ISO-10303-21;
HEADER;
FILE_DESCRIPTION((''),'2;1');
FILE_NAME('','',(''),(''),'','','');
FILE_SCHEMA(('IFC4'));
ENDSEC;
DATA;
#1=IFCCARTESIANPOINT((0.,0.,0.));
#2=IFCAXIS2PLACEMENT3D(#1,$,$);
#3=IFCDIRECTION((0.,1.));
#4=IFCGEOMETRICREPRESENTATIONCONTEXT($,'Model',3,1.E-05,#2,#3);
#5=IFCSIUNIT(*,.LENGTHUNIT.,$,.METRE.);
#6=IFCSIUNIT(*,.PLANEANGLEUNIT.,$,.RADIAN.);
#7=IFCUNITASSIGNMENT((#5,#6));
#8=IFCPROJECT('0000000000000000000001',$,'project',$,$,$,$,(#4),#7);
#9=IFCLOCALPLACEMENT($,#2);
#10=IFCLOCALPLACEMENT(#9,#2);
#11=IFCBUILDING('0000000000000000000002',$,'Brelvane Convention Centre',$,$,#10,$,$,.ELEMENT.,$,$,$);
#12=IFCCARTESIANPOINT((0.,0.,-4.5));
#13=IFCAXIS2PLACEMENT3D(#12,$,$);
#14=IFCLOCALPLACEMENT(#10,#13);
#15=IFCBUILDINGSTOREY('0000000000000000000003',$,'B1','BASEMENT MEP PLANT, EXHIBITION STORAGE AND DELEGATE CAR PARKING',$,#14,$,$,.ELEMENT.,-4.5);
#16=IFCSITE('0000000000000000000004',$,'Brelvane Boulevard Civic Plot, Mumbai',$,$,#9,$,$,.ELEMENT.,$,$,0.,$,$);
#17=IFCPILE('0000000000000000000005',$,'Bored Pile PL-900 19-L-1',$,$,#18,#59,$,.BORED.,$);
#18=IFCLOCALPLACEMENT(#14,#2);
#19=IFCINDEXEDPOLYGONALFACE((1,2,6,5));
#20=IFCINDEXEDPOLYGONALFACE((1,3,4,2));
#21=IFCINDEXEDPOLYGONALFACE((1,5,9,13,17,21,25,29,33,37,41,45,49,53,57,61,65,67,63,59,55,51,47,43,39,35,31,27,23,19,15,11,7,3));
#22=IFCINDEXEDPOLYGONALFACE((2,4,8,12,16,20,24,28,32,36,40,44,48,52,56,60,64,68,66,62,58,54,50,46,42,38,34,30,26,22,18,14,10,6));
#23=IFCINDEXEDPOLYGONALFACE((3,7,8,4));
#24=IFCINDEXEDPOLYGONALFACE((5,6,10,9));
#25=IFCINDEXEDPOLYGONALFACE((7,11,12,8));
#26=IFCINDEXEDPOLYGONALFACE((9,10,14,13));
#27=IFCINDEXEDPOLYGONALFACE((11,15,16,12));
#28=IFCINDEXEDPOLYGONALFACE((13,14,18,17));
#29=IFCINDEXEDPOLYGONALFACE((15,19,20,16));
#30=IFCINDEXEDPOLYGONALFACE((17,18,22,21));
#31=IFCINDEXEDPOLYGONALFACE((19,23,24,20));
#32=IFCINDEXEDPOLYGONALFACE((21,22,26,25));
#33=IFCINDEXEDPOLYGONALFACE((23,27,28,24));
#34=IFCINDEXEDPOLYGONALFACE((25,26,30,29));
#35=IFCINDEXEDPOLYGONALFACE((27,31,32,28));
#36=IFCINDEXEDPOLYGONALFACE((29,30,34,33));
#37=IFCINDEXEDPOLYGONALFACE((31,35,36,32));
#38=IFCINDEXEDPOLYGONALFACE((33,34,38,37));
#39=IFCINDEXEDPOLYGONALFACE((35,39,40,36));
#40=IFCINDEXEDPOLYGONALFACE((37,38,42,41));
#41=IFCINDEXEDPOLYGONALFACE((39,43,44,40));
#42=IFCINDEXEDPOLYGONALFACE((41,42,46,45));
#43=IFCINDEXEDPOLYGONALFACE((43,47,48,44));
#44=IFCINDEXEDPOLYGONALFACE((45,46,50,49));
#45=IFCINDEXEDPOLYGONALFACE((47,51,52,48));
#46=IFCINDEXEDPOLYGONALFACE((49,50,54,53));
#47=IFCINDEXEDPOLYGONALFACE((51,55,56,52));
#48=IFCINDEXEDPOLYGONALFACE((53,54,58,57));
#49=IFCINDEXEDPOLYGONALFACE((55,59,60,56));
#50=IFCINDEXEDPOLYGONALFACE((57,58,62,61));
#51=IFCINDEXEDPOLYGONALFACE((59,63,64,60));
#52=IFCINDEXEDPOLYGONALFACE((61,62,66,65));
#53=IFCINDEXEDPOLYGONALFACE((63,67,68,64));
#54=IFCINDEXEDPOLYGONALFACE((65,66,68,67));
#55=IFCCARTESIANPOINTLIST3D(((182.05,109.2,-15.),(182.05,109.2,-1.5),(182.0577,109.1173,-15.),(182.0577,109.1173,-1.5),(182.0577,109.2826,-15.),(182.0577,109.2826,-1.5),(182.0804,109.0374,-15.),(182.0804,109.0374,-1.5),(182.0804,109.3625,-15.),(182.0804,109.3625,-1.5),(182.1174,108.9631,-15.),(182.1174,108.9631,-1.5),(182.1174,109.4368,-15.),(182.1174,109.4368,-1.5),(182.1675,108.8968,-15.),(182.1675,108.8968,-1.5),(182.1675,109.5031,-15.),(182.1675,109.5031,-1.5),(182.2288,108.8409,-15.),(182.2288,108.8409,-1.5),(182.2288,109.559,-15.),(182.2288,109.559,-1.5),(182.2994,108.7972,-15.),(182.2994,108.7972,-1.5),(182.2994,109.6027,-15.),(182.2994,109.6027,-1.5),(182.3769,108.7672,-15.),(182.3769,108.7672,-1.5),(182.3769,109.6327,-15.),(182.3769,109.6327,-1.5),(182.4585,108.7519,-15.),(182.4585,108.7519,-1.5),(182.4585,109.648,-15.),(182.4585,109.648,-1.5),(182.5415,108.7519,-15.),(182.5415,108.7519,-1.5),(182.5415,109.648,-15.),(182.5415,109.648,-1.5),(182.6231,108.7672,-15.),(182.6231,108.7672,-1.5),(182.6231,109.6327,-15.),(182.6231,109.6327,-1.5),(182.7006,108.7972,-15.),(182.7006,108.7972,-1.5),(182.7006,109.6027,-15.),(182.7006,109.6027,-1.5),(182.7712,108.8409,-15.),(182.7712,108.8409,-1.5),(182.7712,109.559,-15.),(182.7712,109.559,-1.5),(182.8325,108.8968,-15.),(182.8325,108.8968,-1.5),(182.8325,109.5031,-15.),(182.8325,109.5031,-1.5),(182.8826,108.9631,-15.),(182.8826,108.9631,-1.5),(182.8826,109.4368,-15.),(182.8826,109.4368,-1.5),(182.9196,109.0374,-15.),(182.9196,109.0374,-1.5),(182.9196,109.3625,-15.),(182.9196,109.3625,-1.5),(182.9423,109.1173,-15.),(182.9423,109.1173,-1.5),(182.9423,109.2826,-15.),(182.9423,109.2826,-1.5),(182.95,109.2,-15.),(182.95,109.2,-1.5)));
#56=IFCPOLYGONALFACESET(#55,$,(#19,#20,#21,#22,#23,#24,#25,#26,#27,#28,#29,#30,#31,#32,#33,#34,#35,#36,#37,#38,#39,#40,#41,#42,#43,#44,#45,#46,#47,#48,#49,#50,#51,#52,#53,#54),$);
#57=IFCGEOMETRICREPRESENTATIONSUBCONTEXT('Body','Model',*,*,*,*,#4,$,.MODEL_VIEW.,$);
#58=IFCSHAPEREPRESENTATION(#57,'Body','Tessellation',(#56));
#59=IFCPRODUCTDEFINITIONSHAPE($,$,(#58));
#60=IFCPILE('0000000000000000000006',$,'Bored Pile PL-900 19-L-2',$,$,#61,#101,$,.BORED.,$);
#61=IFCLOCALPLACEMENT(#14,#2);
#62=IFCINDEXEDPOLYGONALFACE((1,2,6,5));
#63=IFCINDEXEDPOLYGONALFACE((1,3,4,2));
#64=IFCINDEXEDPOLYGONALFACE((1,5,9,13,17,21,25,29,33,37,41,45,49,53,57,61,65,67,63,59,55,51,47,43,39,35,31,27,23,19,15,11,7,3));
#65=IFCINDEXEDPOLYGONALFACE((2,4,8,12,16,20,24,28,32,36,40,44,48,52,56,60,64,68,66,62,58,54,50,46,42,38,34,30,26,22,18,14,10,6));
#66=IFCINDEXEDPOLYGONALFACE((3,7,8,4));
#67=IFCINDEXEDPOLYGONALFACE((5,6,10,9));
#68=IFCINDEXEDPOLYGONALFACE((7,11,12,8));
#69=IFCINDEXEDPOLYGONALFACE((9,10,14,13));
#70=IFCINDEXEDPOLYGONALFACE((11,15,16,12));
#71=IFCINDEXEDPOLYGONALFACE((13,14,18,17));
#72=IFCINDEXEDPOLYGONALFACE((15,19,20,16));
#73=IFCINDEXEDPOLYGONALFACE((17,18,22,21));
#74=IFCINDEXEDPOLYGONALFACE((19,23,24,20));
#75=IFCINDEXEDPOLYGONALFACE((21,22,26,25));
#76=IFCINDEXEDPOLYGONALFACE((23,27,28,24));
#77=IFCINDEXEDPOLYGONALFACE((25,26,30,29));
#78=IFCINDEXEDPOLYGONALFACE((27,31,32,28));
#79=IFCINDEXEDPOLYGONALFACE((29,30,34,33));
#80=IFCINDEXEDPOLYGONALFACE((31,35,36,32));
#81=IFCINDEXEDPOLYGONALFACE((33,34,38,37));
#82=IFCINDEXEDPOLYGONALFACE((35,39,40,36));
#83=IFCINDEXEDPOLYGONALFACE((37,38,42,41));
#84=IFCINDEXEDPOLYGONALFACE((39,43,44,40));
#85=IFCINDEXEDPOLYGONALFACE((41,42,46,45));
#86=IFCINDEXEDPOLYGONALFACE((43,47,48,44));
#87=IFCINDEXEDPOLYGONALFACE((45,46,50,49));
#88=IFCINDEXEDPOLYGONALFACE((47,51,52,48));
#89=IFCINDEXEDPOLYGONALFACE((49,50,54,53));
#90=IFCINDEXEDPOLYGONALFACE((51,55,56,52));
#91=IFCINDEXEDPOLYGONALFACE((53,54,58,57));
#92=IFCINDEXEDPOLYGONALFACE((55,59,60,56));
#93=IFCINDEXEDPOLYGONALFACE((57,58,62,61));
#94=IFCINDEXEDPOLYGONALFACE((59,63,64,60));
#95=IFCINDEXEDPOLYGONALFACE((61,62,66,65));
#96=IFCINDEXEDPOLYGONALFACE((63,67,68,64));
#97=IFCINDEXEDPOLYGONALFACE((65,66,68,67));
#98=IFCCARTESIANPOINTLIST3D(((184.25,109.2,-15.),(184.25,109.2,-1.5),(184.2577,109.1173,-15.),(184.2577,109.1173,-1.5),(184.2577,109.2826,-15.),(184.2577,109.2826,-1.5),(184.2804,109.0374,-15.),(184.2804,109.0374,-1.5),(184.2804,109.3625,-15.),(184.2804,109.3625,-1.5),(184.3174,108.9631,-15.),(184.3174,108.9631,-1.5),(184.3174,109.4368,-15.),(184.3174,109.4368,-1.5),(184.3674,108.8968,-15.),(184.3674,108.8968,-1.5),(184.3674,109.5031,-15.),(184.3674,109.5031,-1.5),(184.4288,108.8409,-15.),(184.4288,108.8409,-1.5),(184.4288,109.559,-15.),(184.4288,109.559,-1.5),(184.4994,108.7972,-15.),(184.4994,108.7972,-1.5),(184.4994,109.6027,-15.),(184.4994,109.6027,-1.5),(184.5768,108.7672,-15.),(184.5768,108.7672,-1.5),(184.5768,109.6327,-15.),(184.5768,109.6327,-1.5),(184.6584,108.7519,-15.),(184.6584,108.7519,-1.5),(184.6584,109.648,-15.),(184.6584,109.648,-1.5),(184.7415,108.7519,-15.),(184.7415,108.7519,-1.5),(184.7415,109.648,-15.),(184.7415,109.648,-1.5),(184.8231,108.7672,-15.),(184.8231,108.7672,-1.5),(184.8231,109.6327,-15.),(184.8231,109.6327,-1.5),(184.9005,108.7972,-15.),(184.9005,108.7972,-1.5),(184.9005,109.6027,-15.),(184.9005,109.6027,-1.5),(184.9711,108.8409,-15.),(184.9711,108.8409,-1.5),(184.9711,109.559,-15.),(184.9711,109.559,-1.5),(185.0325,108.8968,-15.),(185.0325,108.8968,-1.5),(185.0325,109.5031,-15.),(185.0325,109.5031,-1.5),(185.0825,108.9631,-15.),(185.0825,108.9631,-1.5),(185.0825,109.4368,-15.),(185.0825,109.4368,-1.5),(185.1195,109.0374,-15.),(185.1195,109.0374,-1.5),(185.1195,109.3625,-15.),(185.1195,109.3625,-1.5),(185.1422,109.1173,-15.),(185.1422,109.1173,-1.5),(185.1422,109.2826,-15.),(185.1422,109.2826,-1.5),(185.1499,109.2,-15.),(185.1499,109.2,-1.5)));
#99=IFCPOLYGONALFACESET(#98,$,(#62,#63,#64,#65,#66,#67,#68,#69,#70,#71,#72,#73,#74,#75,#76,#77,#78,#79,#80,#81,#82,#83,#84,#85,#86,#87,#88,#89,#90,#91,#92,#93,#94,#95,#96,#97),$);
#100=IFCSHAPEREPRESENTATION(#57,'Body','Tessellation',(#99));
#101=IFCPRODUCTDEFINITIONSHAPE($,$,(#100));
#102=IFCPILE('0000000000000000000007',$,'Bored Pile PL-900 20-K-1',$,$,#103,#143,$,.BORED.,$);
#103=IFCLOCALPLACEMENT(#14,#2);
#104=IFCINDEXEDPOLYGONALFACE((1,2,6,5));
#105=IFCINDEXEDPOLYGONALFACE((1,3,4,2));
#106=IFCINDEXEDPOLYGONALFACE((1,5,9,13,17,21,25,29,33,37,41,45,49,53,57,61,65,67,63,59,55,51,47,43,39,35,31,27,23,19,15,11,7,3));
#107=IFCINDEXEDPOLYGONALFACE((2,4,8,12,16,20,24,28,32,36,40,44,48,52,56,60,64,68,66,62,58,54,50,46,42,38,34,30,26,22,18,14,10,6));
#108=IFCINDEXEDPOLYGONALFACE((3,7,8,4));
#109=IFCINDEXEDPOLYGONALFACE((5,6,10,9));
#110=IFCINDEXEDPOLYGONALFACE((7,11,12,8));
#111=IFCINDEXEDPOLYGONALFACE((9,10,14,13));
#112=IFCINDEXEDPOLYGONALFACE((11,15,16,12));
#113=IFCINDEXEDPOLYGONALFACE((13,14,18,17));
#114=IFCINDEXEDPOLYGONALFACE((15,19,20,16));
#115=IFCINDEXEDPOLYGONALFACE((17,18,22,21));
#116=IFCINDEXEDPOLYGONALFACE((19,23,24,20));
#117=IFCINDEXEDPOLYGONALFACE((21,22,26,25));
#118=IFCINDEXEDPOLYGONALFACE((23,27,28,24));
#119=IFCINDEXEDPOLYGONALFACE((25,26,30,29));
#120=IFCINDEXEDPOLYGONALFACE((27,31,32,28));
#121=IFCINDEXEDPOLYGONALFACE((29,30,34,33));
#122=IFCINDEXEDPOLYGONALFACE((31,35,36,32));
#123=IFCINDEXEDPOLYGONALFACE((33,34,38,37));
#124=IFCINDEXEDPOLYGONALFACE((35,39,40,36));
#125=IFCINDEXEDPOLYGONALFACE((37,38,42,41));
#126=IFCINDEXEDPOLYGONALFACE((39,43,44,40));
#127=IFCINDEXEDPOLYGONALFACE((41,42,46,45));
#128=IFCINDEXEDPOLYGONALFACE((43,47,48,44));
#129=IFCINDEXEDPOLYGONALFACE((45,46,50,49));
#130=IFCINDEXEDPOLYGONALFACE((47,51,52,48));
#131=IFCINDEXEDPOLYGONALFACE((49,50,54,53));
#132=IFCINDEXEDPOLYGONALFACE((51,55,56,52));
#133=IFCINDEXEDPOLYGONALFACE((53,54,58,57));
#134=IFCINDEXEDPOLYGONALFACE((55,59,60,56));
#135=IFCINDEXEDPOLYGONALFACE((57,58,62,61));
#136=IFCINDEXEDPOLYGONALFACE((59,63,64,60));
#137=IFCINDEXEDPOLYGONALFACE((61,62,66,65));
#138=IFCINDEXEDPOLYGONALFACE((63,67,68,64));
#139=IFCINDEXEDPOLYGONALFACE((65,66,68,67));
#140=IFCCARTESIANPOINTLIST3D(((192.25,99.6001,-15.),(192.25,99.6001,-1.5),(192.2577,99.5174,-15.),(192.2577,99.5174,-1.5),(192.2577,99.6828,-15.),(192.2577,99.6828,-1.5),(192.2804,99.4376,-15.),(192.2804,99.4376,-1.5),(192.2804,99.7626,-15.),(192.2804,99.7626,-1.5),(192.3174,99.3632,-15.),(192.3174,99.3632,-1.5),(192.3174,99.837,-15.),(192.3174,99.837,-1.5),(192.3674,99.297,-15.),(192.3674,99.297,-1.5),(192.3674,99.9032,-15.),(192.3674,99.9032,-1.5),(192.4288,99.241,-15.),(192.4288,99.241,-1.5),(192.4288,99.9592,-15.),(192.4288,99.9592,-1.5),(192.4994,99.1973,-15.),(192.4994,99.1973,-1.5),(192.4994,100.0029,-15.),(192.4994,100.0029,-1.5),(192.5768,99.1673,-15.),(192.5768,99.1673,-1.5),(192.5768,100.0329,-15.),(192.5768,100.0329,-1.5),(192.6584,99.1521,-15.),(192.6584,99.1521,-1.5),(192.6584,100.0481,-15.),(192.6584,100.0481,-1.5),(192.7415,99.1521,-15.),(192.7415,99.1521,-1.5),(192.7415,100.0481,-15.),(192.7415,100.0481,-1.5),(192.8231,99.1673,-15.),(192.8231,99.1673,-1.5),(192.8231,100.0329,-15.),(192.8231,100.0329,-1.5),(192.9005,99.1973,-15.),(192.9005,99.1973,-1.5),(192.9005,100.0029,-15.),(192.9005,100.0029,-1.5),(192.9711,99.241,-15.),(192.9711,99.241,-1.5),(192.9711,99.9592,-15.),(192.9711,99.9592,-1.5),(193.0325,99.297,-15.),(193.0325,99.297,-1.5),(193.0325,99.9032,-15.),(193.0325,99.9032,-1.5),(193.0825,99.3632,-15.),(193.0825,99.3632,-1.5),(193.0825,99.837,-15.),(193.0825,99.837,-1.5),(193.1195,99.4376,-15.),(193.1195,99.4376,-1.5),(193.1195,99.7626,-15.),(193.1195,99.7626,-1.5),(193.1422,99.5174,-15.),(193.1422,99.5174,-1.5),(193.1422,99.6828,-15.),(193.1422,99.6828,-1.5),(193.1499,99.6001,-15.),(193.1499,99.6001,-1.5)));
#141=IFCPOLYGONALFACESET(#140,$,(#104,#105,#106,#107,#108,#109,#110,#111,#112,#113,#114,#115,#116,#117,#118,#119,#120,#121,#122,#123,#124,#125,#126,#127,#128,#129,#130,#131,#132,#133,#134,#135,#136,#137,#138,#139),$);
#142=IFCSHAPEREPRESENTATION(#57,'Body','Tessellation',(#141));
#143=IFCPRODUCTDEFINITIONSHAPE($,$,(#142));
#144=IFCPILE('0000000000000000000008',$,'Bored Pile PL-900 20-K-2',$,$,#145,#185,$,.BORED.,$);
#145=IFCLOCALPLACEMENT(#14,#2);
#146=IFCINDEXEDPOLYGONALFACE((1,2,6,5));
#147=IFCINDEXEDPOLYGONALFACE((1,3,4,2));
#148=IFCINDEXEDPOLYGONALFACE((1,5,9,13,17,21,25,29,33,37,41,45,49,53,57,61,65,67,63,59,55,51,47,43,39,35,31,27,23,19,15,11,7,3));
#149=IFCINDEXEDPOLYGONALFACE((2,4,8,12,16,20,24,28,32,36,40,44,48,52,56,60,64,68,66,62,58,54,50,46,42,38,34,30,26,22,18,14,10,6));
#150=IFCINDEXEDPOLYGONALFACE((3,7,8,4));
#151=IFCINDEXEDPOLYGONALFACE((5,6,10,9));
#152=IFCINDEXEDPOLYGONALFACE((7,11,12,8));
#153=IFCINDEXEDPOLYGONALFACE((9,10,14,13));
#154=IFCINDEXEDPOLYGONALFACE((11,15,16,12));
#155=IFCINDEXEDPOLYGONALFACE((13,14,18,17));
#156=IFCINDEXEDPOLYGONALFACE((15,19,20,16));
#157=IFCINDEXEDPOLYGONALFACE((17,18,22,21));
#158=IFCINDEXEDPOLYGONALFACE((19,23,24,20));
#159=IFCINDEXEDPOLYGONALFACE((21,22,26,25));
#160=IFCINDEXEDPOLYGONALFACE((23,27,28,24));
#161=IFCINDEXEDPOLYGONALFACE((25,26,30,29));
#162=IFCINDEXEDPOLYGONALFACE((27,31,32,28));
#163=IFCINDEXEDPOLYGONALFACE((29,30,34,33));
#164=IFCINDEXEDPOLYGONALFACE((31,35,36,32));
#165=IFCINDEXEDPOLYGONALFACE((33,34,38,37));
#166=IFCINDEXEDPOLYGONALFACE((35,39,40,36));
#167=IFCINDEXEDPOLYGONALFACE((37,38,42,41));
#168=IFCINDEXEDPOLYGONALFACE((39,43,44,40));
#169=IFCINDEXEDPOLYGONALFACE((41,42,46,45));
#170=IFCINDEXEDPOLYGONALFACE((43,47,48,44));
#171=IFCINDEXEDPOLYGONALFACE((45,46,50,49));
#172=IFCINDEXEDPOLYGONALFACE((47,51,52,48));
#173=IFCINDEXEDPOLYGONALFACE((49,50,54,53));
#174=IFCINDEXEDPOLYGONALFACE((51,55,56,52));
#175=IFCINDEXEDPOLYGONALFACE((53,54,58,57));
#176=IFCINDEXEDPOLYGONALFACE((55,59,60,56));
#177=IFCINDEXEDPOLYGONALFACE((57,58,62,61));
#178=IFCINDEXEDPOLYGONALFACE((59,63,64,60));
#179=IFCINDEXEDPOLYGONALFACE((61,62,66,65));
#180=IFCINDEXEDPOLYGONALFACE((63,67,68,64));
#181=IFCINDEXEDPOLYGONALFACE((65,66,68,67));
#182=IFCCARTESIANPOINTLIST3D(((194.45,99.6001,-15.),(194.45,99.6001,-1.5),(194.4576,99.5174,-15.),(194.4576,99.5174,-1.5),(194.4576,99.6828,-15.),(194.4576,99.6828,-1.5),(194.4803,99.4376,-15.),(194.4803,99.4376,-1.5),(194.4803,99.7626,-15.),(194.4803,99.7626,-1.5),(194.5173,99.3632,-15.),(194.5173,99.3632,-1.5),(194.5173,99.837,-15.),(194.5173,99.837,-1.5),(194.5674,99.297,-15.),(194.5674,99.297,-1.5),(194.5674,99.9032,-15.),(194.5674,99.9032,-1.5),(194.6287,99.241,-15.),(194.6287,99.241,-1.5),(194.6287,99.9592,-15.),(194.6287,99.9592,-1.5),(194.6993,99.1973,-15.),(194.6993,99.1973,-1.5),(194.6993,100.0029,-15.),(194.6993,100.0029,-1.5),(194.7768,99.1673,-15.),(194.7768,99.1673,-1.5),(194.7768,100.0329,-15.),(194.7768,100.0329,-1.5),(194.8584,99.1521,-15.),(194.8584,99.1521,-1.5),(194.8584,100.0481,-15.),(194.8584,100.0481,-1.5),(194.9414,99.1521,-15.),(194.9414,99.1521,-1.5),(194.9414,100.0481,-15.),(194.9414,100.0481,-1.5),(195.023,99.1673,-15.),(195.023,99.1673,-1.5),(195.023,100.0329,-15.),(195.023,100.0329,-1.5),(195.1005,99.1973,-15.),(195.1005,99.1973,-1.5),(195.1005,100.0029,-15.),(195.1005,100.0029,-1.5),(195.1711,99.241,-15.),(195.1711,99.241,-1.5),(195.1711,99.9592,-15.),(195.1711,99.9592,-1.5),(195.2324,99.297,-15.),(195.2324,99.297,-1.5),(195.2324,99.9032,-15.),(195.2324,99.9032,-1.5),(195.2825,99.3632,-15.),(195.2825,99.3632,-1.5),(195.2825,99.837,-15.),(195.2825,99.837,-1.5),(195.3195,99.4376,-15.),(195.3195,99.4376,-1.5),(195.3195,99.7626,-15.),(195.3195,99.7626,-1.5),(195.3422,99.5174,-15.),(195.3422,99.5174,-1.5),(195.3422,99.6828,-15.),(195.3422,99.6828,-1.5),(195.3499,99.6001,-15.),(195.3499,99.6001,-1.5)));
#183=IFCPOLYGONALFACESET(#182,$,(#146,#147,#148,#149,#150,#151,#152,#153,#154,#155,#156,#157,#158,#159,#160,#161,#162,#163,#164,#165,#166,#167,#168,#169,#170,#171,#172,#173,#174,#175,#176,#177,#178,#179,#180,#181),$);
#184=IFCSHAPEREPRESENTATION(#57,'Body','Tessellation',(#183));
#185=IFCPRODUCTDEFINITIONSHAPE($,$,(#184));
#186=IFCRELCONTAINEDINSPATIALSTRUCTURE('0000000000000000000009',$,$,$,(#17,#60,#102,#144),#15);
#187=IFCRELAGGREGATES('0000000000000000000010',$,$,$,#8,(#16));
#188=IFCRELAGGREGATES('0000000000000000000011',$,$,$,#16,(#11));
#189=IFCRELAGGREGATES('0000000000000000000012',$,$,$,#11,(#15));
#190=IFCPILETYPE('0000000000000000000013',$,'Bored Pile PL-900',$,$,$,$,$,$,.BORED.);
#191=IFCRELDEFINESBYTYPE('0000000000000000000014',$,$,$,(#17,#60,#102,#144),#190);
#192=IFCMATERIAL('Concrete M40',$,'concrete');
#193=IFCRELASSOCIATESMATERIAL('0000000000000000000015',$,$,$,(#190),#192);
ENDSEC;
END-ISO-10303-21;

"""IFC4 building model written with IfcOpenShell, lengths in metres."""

from ifc_helpers import new_model, si_unit, direction, frame, origin, origin_2d, place, context, subcontext, project, spatial, circle, extrude, material, material_profile, profile_set, type_object, element, save


model = new_model("IFC4")

# Units and contexts
model_context = context("Model", 3, precision=1e-05, world=origin(), true_north=direction((0.0, 1.0)))
body_context = subcontext(model_context, "Body", "Model", "MODEL_VIEW")
ifc_project = project(units=[si_unit("LENGTHUNIT", "METRE"), si_unit("PLANEANGLEUNIT", "RADIAN")], contexts=[model_context])

# Site, building, storey
site_placement = place(None, origin())
site = spatial("IfcSite", under=ifc_project, at=site_placement, Name="Brelvane Boulevard Civic Plot, Mumbai", CompositionType="ELEMENT", RefElevation=0.0)
building_placement = place(site_placement, origin())
building = spatial("IfcBuilding", under=site, at=building_placement, Name="Brelvane Convention Centre", CompositionType="ELEMENT")
storey_placement = place(building_placement, frame((0.0, 0.0, -4.5)))
storey = spatial("IfcBuildingStorey", under=building, at=storey_placement, Name="B1", Description="BASEMENT MEP PLANT, EXHIBITION STORAGE AND DELEGATE CAR PARKING", CompositionType="ELEMENT", Elevation=-4.5)

# Piles
ifc_material_1 = material(Name="Concrete M40", Category="concrete")
ifc_material_profile_1 = material_profile(ifc_material_1, circle(Radius=0.45, at=origin_2d()), Name="PILE D900")
ifc_profile_set_1 = profile_set([ifc_material_profile_1], Name="Concrete M40")
pile_type = type_object("IfcPileType", Name="Bored Pile PL-900", PredefinedType="BORED", material=ifc_profile_set_1)
for number, where, z_axis, x_axis, name in (
    (1, (182.5, 109.2, -1.5), (0.0, 0.0, -1.0), (1.0, 0.0, 0.0), "Bored Pile PL-900 19-L-1"),
    (2, (184.7, 109.2, -1.5), (0.0, 0.0, -1.0), (1.0, 0.0, 0.0), "Bored Pile PL-900 19-L-2"),
    (3, (192.7, 99.6001, -1.5), (0.0, 0.0, -1.0), (1.0, 0.0, 0.0), "Bored Pile PL-900 20-K-1"),
    (4, (194.8999, 99.6001, -1.5), (0.0, 0.0, -1.0), (1.0, 0.0, 0.0), "Bored Pile PL-900 20-K-2"),
):
    element("IfcPile", number, at=place(storey_placement, frame(where, z_axis=z_axis, x_axis=x_axis)), inside=storey, type_object=pile_type, Name=name, PredefinedType="BORED", context=body_context, shape_type="SweptSolid", body=[
        extrude(circle(Radius=0.45, at=origin_2d()), origin(), (0.0, 0.0, 1.0), 13.5),
    ])

save(model, "model.ifc")
